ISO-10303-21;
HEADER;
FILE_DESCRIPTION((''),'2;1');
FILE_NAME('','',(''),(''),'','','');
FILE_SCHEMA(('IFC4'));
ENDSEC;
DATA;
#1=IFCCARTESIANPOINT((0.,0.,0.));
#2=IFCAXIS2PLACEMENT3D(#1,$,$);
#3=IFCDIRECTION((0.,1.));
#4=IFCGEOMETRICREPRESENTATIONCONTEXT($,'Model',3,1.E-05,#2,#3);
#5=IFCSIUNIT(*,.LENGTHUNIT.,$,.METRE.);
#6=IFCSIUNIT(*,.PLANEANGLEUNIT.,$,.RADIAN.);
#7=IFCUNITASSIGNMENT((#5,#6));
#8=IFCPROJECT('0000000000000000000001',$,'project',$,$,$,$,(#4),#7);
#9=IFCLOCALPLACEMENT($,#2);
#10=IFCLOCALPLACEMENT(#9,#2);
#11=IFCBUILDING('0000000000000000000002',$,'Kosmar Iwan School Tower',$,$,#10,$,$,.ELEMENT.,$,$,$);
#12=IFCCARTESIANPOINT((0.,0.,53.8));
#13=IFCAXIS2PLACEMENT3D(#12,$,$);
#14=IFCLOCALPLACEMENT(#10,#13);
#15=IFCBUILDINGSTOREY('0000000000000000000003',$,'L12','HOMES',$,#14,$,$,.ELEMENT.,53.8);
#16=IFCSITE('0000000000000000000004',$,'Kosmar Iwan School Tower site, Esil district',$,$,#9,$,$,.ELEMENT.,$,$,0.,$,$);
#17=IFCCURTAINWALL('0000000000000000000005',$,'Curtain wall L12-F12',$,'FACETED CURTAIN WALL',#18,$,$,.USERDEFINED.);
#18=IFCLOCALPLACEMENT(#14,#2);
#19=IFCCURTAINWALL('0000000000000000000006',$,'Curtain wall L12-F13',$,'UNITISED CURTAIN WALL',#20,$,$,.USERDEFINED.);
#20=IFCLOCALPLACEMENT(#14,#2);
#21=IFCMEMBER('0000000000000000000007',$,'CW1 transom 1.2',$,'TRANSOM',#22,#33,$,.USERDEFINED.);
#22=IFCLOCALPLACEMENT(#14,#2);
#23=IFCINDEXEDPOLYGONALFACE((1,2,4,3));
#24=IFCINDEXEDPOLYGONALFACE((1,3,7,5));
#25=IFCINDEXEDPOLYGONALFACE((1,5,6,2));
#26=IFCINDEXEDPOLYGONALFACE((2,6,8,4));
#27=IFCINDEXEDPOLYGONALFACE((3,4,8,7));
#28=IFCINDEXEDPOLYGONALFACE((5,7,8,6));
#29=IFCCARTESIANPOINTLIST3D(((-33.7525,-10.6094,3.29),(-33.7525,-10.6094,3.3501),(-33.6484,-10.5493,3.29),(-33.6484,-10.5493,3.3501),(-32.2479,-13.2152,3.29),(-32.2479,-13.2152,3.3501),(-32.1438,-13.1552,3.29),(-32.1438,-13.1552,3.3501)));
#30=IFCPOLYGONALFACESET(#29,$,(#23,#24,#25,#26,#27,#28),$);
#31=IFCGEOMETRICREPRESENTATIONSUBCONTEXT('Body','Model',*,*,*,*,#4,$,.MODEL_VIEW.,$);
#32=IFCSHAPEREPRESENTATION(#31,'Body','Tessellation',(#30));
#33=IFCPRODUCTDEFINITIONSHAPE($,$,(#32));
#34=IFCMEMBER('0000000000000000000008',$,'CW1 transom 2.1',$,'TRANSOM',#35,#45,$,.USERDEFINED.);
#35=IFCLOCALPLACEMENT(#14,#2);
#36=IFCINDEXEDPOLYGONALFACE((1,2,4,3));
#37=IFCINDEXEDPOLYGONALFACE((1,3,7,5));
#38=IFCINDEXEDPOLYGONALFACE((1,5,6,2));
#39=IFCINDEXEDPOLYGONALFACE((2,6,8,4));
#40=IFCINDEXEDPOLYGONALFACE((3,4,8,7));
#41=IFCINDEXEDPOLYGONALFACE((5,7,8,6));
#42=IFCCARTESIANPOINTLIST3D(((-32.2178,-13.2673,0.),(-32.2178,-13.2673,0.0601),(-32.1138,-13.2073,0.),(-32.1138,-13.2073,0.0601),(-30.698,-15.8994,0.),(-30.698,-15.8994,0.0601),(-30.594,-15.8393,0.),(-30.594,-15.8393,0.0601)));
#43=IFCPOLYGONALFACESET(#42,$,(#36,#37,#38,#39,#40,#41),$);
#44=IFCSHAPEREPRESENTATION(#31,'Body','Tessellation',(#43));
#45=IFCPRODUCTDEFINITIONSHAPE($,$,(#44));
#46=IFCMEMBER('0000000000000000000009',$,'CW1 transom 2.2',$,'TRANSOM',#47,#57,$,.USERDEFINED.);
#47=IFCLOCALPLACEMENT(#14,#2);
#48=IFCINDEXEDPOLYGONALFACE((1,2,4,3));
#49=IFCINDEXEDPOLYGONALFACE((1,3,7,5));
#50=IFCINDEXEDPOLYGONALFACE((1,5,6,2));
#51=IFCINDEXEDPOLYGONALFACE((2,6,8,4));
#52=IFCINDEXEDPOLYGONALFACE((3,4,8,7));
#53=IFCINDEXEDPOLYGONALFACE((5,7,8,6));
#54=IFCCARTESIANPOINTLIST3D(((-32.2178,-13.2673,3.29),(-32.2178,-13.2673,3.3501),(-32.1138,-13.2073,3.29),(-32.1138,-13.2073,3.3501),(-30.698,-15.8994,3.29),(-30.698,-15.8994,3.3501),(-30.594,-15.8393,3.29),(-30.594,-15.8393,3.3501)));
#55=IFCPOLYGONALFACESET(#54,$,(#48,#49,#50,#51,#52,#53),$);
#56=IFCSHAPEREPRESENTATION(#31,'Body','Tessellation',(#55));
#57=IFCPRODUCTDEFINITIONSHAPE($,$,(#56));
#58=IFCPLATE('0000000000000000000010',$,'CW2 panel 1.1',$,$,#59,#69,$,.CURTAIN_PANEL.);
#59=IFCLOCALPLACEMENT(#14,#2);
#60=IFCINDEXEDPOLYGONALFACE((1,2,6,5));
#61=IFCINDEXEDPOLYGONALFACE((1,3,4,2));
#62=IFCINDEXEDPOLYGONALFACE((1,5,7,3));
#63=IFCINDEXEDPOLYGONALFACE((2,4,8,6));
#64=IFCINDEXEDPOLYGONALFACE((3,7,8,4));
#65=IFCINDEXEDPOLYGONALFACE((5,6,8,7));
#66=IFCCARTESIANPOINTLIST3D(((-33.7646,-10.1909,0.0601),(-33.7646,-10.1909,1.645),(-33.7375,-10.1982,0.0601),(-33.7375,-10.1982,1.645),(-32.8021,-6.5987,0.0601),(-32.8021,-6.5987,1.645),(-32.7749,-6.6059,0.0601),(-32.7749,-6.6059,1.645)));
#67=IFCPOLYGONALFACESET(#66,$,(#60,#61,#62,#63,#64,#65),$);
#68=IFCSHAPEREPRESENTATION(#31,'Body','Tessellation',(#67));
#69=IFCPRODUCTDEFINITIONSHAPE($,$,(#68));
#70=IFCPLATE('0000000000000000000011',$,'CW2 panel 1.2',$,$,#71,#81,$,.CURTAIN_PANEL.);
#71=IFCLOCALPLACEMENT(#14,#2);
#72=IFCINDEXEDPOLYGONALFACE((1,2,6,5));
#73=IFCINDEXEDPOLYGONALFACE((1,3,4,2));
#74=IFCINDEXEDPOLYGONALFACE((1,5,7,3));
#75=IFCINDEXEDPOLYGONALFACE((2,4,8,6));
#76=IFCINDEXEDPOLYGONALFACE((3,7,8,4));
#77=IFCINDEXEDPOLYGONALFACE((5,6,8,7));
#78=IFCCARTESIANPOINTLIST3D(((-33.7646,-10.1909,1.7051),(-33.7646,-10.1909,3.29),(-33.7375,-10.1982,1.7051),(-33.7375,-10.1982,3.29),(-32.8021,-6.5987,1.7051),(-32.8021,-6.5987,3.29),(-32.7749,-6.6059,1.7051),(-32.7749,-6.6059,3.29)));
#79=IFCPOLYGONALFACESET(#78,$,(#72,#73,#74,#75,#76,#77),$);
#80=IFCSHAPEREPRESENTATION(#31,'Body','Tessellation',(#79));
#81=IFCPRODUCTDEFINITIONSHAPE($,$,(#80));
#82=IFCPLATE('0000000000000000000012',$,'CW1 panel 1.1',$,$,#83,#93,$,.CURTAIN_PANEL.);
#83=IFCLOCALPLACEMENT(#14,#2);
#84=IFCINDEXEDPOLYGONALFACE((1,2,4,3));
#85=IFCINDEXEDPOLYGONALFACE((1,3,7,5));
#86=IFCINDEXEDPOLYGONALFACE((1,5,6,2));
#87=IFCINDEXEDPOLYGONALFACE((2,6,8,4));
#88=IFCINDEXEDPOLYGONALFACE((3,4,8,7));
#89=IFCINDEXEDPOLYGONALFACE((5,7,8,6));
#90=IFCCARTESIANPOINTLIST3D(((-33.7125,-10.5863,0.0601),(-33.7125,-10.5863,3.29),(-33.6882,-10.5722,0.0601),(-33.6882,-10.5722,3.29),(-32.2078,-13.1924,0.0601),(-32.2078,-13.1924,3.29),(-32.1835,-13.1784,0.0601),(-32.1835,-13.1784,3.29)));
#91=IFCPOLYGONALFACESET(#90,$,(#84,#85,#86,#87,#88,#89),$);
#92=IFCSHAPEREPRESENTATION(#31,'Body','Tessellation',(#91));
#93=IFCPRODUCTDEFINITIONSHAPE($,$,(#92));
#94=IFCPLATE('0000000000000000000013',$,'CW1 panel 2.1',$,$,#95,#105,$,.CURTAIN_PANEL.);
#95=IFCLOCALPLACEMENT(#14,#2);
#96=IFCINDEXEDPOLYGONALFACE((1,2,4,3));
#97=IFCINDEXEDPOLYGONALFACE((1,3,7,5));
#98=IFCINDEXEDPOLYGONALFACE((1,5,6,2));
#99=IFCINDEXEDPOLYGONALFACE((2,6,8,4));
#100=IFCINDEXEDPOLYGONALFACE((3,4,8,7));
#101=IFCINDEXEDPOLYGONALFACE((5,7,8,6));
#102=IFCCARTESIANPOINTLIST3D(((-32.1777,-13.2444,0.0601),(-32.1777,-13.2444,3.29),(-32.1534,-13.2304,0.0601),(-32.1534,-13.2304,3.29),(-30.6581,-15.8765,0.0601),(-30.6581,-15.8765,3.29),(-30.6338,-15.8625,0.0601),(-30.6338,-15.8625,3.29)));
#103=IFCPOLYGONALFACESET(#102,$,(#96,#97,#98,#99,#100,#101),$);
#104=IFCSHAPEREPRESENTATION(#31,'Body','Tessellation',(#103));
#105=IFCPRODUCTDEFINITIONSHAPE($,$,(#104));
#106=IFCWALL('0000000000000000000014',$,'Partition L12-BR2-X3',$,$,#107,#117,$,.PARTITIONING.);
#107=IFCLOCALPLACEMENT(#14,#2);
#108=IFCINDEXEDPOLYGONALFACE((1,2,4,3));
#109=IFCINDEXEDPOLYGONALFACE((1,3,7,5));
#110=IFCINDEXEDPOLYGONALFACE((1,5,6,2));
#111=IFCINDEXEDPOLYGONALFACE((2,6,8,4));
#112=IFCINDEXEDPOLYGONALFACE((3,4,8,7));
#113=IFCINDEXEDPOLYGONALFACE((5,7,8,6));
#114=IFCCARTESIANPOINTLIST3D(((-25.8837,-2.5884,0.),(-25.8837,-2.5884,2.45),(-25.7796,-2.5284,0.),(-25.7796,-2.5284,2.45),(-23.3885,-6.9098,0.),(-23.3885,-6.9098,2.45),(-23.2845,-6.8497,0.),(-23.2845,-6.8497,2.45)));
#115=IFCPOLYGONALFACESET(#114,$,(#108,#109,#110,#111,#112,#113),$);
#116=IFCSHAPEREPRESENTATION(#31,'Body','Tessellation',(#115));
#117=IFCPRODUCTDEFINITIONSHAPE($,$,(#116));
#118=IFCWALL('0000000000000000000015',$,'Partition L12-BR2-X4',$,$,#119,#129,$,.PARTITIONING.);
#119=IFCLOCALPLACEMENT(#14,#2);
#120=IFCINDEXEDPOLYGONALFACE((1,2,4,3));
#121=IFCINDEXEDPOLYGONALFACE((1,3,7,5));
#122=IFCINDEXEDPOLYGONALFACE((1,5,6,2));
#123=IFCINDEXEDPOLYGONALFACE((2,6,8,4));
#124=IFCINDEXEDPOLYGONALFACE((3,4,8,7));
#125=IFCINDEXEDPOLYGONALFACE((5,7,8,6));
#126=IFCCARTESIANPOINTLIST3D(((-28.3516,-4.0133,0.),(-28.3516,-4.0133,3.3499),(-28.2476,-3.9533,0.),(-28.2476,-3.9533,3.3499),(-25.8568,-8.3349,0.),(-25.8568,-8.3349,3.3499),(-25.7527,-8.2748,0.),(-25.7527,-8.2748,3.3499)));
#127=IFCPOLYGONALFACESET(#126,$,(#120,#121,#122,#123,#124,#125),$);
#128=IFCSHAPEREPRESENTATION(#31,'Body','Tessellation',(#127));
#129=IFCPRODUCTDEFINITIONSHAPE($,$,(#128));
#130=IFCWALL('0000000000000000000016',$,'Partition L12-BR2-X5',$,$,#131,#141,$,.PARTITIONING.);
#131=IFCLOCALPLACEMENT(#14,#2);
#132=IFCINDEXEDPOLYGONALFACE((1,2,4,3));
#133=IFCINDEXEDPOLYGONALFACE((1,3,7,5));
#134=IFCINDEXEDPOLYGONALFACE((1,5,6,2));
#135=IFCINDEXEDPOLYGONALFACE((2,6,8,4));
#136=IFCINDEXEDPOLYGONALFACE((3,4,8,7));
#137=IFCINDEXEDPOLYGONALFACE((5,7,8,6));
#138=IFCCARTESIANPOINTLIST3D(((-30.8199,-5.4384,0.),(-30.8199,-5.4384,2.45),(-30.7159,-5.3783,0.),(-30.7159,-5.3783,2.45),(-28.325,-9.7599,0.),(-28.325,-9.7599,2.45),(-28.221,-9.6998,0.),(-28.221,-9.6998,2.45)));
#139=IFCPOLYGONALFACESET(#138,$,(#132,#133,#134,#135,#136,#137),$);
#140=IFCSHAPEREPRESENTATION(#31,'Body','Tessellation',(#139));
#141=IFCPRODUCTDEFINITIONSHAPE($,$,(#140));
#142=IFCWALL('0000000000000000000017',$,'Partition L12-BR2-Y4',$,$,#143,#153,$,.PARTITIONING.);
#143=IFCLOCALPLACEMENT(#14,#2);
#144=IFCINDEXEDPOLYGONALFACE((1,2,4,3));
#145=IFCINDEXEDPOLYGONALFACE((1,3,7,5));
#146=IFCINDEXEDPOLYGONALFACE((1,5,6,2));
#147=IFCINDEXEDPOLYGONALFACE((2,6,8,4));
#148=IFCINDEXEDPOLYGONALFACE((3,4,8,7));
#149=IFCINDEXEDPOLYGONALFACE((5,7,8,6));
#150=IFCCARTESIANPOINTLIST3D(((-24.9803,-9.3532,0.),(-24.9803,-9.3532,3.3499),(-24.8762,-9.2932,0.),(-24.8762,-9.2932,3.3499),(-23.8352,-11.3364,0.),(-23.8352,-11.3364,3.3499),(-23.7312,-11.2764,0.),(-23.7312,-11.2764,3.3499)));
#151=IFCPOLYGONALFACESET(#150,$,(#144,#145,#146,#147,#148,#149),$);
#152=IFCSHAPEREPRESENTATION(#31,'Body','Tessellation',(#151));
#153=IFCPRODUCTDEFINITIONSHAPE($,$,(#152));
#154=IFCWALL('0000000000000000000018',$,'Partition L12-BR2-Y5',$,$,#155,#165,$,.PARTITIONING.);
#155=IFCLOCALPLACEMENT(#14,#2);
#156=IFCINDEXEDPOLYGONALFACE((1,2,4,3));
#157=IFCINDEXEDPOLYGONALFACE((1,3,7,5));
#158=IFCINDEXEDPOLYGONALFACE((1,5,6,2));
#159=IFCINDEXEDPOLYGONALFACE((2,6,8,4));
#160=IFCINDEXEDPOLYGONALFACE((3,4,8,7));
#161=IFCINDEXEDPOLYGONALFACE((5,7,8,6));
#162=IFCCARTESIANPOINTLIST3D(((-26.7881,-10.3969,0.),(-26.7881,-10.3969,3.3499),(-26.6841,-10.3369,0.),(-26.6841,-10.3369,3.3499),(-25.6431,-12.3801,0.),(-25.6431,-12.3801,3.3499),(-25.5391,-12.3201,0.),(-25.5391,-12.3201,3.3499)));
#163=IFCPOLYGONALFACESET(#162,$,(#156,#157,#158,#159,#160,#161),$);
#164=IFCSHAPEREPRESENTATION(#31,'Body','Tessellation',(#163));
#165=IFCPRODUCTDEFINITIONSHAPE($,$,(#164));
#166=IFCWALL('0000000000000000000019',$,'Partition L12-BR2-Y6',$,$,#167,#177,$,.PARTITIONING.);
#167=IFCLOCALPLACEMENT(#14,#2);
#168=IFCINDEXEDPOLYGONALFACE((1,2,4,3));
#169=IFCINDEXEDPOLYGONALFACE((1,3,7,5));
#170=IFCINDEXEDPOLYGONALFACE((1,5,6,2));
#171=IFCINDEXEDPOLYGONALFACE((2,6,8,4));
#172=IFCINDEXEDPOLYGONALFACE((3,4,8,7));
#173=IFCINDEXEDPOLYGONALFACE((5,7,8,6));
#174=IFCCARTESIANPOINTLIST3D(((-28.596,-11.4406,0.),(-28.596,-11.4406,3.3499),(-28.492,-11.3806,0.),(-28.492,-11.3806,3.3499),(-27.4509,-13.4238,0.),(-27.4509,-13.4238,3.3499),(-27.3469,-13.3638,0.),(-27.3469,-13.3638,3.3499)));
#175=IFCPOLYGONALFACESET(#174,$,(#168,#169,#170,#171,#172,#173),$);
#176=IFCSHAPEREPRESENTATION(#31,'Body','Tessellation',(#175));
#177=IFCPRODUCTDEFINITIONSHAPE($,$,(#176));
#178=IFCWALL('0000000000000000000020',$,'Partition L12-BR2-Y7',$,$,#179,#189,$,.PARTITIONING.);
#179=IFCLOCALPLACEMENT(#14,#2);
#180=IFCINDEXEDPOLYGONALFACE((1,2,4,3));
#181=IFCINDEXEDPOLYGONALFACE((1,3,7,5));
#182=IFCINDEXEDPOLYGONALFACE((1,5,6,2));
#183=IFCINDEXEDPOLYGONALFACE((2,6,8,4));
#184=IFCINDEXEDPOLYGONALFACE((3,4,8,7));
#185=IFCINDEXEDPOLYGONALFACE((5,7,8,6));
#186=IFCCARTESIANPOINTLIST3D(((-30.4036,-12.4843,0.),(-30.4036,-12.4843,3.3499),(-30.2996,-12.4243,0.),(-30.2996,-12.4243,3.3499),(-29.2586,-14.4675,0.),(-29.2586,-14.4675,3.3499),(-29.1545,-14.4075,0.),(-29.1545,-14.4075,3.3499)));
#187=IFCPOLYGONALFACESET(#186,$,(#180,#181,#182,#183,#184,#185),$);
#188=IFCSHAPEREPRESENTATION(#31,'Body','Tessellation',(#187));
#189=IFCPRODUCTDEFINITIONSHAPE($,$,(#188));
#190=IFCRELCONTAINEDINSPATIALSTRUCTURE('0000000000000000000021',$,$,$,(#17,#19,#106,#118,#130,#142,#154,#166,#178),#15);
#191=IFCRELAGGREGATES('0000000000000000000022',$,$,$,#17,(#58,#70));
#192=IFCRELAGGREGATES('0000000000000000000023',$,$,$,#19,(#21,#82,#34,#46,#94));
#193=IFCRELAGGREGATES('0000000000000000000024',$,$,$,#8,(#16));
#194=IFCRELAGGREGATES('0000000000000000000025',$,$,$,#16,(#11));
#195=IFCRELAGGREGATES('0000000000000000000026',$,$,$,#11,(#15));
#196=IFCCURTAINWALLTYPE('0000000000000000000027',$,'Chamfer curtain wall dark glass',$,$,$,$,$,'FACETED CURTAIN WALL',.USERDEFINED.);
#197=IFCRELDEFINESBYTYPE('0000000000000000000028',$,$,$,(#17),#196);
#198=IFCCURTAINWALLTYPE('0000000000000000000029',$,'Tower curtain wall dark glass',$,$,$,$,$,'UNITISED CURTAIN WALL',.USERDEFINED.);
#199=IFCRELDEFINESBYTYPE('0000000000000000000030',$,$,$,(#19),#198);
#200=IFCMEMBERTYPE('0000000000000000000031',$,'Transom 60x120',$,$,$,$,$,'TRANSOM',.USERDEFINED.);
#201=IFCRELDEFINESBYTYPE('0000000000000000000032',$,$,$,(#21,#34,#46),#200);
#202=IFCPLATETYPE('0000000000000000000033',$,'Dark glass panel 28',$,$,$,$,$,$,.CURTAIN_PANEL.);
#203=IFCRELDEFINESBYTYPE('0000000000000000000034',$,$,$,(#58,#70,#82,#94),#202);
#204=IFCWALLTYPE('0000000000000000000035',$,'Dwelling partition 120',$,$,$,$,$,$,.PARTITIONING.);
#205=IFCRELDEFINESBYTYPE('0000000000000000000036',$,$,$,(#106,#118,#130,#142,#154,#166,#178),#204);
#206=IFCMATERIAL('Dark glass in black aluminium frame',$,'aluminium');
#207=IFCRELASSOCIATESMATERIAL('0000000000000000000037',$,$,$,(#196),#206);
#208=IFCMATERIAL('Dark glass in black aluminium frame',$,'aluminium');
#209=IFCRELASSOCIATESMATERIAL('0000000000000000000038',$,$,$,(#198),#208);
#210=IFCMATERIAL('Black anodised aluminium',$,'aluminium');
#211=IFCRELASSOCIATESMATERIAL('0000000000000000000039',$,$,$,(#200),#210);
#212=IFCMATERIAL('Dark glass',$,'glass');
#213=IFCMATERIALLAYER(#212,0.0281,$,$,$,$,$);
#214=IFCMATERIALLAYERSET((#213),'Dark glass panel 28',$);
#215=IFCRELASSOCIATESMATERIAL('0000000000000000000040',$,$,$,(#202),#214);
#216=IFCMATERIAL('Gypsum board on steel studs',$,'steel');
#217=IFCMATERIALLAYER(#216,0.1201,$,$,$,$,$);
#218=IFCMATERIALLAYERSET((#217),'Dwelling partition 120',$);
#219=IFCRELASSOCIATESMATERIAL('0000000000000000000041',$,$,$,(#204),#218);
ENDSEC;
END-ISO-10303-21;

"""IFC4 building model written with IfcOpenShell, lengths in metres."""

from ifc_helpers import new_model, si_unit, direction, frame, frame_2d, origin, origin_2d, place, context, subcontext, project, spatial, rectangle, extrude, material, layer, layer_set, material_profile, profile_set, type_object, element, aggregate, save


model = new_model("IFC4")

# Units and contexts
model_context = context("Model", 3, precision=1e-05, world=origin(), true_north=direction((0.0, 1.0)))
body_context = subcontext(model_context, "Body", "Model", "MODEL_VIEW")
ifc_project = project(units=[si_unit("LENGTHUNIT", "METRE"), si_unit("PLANEANGLEUNIT", "RADIAN")], contexts=[model_context])

# Site, building, storey
site_placement = place(None, origin())
site = spatial("IfcSite", under=ifc_project, at=site_placement, Name="Kosmar Iwan School Tower site, Esil district", CompositionType="ELEMENT", RefElevation=0.0)
building_placement = place(site_placement, origin())
building = spatial("IfcBuilding", under=site, at=building_placement, Name="Kosmar Iwan School Tower", CompositionType="ELEMENT")
storey_placement = place(building_placement, frame((0.0, 0.0, 53.8)))
storey = spatial("IfcBuildingStorey", under=building, at=storey_placement, Name="L12", Description="HOMES", CompositionType="ELEMENT", Elevation=53.8)

# Curtain walls
ifc_material_1 = material(Name="Dark glass in black aluminium frame", Category="aluminium")
curtain_wall_type_1 = type_object("IfcCurtainWallType", Name="Chamfer curtain wall dark glass", ElementType="FACETED CURTAIN WALL", PredefinedType="USERDEFINED", material=ifc_material_1)
curtain_wall_1_placement = place(storey_placement, origin())
curtain_wall_1 = element("IfcCurtainWall", 1, at=curtain_wall_1_placement, inside=storey, type_object=curtain_wall_type_1, Name="Curtain wall L12-F12", ObjectType="FACETED CURTAIN WALL", PredefinedType="USERDEFINED")
ifc_material_2 = material(Name="Dark glass in black aluminium frame", Category="aluminium")
curtain_wall_type_2 = type_object("IfcCurtainWallType", Name="Tower curtain wall dark glass", ElementType="UNITISED CURTAIN WALL", PredefinedType="USERDEFINED", material=ifc_material_2)
curtain_wall_2_placement = place(storey_placement, origin())
curtain_wall_2 = element("IfcCurtainWall", 2, at=curtain_wall_2_placement, inside=storey, type_object=curtain_wall_type_2, Name="Curtain wall L12-F13", ObjectType="UNITISED CURTAIN WALL", PredefinedType="USERDEFINED")

# Members
ifc_material_3 = material(Name="Black anodised aluminium", Category="aluminium")
ifc_material_profile_1 = material_profile(ifc_material_3, rectangle(XDim=0.1201, YDim=0.0601, at=origin_2d()), Name="TRANSOM 60x120")
ifc_profile_set_1 = profile_set([ifc_material_profile_1], Name="Black anodised aluminium")
member_type_1 = type_object("IfcMemberType", Name="Transom 60x120", ElementType="TRANSOM", PredefinedType="USERDEFINED", material=ifc_profile_set_1)
member_1_placement = place(storey_placement, frame((-33.7004, -10.5793, 3.3201), z_axis=(0.500022, -0.866013, 0.0), x_axis=(0.866013, 0.500022, 0.0)))
member_1 = element("IfcMember", 3, at=member_1_placement, type_object=member_type_1, Name="CW1 transom 1.2", ObjectType="TRANSOM", PredefinedType="USERDEFINED", context=body_context, shape_type="SweptSolid", body=[
    extrude(rectangle(XDim=0.1201, YDim=0.0601, at=origin_2d()), origin(), (0.0, 0.0, 1.0), 3.009),
])
member_2_placement = place(storey_placement, frame((-32.1658, -13.2373, 0.03), z_axis=(0.500035, -0.866005, 0.0), x_axis=(0.866005, 0.500035, 0.0)))
member_2 = element("IfcMember", 4, at=member_2_placement, type_object=member_type_1, Name="CW1 transom 2.1", ObjectType="TRANSOM", PredefinedType="USERDEFINED", context=body_context, shape_type="SweptSolid", body=[
    extrude(rectangle(XDim=0.1201, YDim=0.0601, at=origin_2d()), origin(), (0.0, 0.0, 1.0), 3.0393),
])
member_3_placement = place(storey_placement, frame((-32.1658, -13.2373, 3.3201), z_axis=(0.500035, -0.866005, 0.0), x_axis=(0.866005, 0.500035, 0.0)))
member_3 = element("IfcMember", 5, at=member_3_placement, type_object=member_type_1, Name="CW1 transom 2.2", ObjectType="TRANSOM", PredefinedType="USERDEFINED", context=body_context, shape_type="SweptSolid", body=[
    extrude(rectangle(XDim=0.1201, YDim=0.0601, at=origin_2d()), origin(), (0.0, 0.0, 1.0), 3.0393),
])

# Plates
ifc_material_4 = material(Name="Dark glass", Category="glass")
ifc_layer_1 = layer(ifc_material_4, 0.0281)
ifc_layer_set_1 = layer_set([ifc_layer_1], Name="Dark glass panel 28")
plate_type = type_object("IfcPlateType", Name="Dark glass panel 28", PredefinedType="CURTAIN_PANEL", material=ifc_layer_set_1)
plate_1_placement = place(storey_placement, frame((-33.2698, -8.3984, 0.0601), z_axis=(0.0, 0.0, 1.0), x_axis=(-0.258819, -0.965926, 0.0)))
plate_1 = element("IfcPlate", 6, at=plate_1_placement, type_object=plate_type, Name="CW2 panel 1.1", PredefinedType="CURTAIN_PANEL", context=body_context, shape_type="SweptSolid", body=[
    extrude(rectangle(XDim=3.719, YDim=0.0281, at=origin_2d()), origin(), (0.0, 0.0, 1.0), 1.585),
])
plate_2_placement = place(storey_placement, frame((-33.2698, -8.3984, 1.7051), z_axis=(0.0, 0.0, 1.0), x_axis=(-0.258819, -0.965926, 0.0)))
plate_2 = element("IfcPlate", 7, at=plate_2_placement, type_object=plate_type, Name="CW2 panel 1.2", PredefinedType="CURTAIN_PANEL", context=body_context, shape_type="SweptSolid", body=[
    extrude(rectangle(XDim=3.719, YDim=0.0281, at=origin_2d()), origin(), (0.0, 0.0, 1.0), 1.585),
])
aggregate(curtain_wall_1, [plate_1, plate_2])
plate_3_placement = place(storey_placement, frame((-32.948, -11.8823, 0.0601), z_axis=(0.0, 0.0, 1.0), x_axis=(0.5, -0.866025, 0.0)))
plate_3 = element("IfcPlate", 8, at=plate_3_placement, type_object=plate_type, Name="CW1 panel 1.1", PredefinedType="CURTAIN_PANEL", context=body_context, shape_type="SweptSolid", body=[
    extrude(rectangle(XDim=3.0093, YDim=0.0281, at=origin_2d()), origin(), (0.0, 0.0, 1.0), 3.23),
])
plate_4_placement = place(storey_placement, frame((-31.4058, -14.5535, 0.0601), z_axis=(0.0, 0.0, 1.0), x_axis=(0.5, -0.866025, 0.0)))
plate_4 = element("IfcPlate", 9, at=plate_4_placement, type_object=plate_type, Name="CW1 panel 2.1", PredefinedType="CURTAIN_PANEL", context=body_context, shape_type="SweptSolid", body=[
    extrude(rectangle(XDim=3.0393, YDim=0.0281, at=origin_2d()), origin(), (0.0, 0.0, 1.0), 3.23),
])
aggregate(curtain_wall_2, [member_1, plate_3, member_2, member_3, plate_4])

# Walls
ifc_material_5 = material(Name="Gypsum board on steel studs", Category="steel")
ifc_layer_2 = layer(ifc_material_5, 0.1201)
ifc_layer_set_2 = layer_set([ifc_layer_2], Name="Dwelling partition 120")
wall_type = type_object("IfcWallType", Name="Dwelling partition 120", PredefinedType="PARTITIONING", material=ifc_layer_set_2)
wall_1_placement = place(storey_placement, frame((-23.3364, -6.8799, 0.0), z_axis=(0.0, 0.0, 1.0), x_axis=(-0.500033, 0.866006, 0.0)))
element("IfcWall", 10, at=wall_1_placement, inside=storey, type_object=wall_type, Name="Partition L12-BR2-X3", PredefinedType="PARTITIONING", context=body_context, shape_type="SweptSolid", body=[
    extrude(rectangle(XDim=4.99, YDim=0.1201, at=frame_2d((2.4951, 0.0))), origin(), (0.0, 0.0, 1.0), 2.45),
])
wall_2_placement = place(storey_placement, frame((-25.8047, -8.3049, 0.0), z_axis=(0.0, 0.0, 1.0), x_axis=(-0.499975, 0.86604, 0.0)))
element("IfcWall", 11, at=wall_2_placement, inside=storey, type_object=wall_type, Name="Partition L12-BR2-X4", PredefinedType="PARTITIONING", context=body_context, shape_type="SweptSolid", body=[
    extrude(rectangle(XDim=4.99, YDim=0.1201, at=frame_2d((2.4951, 0.0))), origin(), (0.0, 0.0, 1.0), 3.3499),
])
wall_3_placement = place(storey_placement, frame((-28.2729, -9.73, 0.0), z_axis=(0.0, 0.0, 1.0), x_axis=(-0.499975, 0.86604, 0.0)))
element("IfcWall", 12, at=wall_3_placement, inside=storey, type_object=wall_type, Name="Partition L12-BR2-X5", PredefinedType="PARTITIONING", context=body_context, shape_type="SweptSolid", body=[
    extrude(rectangle(XDim=4.99, YDim=0.1201, at=frame_2d((2.4951, 0.0))), origin(), (0.0, 0.0, 1.0), 2.45),
])
for number, where, z_axis, x_axis, name in (
    (13, (-23.7832, -11.3064, 0.0), (0.0, 0.0, 1.0), (-0.500015, 0.866017, 0.0), "Partition L12-BR2-Y4"),
    (14, (-25.5911, -12.3501, 0.0), (0.0, 0.0, 1.0), (-0.500015, 0.866017, 0.0), "Partition L12-BR2-Y5"),
    (15, (-27.3989, -13.3938, 0.0), (0.0, 0.0, 1.0), (-0.500015, 0.866017, 0.0), "Partition L12-BR2-Y6"),
    (16, (-29.2065, -14.4375, 0.0), (0.0, 0.0, 1.0), (-0.500015, 0.866017, 0.0), "Partition L12-BR2-Y7"),
):
    element("IfcWall", number, at=place(storey_placement, frame(where, z_axis=z_axis, x_axis=x_axis)), inside=storey, type_object=wall_type, Name=name, PredefinedType="PARTITIONING", context=body_context, shape_type="SweptSolid", body=[
        extrude(rectangle(XDim=2.29, YDim=0.1201, at=frame_2d((1.145, 0.0))), origin(), (0.0, 0.0, 1.0), 3.3499),
    ])

save(model, "model.ifc")
